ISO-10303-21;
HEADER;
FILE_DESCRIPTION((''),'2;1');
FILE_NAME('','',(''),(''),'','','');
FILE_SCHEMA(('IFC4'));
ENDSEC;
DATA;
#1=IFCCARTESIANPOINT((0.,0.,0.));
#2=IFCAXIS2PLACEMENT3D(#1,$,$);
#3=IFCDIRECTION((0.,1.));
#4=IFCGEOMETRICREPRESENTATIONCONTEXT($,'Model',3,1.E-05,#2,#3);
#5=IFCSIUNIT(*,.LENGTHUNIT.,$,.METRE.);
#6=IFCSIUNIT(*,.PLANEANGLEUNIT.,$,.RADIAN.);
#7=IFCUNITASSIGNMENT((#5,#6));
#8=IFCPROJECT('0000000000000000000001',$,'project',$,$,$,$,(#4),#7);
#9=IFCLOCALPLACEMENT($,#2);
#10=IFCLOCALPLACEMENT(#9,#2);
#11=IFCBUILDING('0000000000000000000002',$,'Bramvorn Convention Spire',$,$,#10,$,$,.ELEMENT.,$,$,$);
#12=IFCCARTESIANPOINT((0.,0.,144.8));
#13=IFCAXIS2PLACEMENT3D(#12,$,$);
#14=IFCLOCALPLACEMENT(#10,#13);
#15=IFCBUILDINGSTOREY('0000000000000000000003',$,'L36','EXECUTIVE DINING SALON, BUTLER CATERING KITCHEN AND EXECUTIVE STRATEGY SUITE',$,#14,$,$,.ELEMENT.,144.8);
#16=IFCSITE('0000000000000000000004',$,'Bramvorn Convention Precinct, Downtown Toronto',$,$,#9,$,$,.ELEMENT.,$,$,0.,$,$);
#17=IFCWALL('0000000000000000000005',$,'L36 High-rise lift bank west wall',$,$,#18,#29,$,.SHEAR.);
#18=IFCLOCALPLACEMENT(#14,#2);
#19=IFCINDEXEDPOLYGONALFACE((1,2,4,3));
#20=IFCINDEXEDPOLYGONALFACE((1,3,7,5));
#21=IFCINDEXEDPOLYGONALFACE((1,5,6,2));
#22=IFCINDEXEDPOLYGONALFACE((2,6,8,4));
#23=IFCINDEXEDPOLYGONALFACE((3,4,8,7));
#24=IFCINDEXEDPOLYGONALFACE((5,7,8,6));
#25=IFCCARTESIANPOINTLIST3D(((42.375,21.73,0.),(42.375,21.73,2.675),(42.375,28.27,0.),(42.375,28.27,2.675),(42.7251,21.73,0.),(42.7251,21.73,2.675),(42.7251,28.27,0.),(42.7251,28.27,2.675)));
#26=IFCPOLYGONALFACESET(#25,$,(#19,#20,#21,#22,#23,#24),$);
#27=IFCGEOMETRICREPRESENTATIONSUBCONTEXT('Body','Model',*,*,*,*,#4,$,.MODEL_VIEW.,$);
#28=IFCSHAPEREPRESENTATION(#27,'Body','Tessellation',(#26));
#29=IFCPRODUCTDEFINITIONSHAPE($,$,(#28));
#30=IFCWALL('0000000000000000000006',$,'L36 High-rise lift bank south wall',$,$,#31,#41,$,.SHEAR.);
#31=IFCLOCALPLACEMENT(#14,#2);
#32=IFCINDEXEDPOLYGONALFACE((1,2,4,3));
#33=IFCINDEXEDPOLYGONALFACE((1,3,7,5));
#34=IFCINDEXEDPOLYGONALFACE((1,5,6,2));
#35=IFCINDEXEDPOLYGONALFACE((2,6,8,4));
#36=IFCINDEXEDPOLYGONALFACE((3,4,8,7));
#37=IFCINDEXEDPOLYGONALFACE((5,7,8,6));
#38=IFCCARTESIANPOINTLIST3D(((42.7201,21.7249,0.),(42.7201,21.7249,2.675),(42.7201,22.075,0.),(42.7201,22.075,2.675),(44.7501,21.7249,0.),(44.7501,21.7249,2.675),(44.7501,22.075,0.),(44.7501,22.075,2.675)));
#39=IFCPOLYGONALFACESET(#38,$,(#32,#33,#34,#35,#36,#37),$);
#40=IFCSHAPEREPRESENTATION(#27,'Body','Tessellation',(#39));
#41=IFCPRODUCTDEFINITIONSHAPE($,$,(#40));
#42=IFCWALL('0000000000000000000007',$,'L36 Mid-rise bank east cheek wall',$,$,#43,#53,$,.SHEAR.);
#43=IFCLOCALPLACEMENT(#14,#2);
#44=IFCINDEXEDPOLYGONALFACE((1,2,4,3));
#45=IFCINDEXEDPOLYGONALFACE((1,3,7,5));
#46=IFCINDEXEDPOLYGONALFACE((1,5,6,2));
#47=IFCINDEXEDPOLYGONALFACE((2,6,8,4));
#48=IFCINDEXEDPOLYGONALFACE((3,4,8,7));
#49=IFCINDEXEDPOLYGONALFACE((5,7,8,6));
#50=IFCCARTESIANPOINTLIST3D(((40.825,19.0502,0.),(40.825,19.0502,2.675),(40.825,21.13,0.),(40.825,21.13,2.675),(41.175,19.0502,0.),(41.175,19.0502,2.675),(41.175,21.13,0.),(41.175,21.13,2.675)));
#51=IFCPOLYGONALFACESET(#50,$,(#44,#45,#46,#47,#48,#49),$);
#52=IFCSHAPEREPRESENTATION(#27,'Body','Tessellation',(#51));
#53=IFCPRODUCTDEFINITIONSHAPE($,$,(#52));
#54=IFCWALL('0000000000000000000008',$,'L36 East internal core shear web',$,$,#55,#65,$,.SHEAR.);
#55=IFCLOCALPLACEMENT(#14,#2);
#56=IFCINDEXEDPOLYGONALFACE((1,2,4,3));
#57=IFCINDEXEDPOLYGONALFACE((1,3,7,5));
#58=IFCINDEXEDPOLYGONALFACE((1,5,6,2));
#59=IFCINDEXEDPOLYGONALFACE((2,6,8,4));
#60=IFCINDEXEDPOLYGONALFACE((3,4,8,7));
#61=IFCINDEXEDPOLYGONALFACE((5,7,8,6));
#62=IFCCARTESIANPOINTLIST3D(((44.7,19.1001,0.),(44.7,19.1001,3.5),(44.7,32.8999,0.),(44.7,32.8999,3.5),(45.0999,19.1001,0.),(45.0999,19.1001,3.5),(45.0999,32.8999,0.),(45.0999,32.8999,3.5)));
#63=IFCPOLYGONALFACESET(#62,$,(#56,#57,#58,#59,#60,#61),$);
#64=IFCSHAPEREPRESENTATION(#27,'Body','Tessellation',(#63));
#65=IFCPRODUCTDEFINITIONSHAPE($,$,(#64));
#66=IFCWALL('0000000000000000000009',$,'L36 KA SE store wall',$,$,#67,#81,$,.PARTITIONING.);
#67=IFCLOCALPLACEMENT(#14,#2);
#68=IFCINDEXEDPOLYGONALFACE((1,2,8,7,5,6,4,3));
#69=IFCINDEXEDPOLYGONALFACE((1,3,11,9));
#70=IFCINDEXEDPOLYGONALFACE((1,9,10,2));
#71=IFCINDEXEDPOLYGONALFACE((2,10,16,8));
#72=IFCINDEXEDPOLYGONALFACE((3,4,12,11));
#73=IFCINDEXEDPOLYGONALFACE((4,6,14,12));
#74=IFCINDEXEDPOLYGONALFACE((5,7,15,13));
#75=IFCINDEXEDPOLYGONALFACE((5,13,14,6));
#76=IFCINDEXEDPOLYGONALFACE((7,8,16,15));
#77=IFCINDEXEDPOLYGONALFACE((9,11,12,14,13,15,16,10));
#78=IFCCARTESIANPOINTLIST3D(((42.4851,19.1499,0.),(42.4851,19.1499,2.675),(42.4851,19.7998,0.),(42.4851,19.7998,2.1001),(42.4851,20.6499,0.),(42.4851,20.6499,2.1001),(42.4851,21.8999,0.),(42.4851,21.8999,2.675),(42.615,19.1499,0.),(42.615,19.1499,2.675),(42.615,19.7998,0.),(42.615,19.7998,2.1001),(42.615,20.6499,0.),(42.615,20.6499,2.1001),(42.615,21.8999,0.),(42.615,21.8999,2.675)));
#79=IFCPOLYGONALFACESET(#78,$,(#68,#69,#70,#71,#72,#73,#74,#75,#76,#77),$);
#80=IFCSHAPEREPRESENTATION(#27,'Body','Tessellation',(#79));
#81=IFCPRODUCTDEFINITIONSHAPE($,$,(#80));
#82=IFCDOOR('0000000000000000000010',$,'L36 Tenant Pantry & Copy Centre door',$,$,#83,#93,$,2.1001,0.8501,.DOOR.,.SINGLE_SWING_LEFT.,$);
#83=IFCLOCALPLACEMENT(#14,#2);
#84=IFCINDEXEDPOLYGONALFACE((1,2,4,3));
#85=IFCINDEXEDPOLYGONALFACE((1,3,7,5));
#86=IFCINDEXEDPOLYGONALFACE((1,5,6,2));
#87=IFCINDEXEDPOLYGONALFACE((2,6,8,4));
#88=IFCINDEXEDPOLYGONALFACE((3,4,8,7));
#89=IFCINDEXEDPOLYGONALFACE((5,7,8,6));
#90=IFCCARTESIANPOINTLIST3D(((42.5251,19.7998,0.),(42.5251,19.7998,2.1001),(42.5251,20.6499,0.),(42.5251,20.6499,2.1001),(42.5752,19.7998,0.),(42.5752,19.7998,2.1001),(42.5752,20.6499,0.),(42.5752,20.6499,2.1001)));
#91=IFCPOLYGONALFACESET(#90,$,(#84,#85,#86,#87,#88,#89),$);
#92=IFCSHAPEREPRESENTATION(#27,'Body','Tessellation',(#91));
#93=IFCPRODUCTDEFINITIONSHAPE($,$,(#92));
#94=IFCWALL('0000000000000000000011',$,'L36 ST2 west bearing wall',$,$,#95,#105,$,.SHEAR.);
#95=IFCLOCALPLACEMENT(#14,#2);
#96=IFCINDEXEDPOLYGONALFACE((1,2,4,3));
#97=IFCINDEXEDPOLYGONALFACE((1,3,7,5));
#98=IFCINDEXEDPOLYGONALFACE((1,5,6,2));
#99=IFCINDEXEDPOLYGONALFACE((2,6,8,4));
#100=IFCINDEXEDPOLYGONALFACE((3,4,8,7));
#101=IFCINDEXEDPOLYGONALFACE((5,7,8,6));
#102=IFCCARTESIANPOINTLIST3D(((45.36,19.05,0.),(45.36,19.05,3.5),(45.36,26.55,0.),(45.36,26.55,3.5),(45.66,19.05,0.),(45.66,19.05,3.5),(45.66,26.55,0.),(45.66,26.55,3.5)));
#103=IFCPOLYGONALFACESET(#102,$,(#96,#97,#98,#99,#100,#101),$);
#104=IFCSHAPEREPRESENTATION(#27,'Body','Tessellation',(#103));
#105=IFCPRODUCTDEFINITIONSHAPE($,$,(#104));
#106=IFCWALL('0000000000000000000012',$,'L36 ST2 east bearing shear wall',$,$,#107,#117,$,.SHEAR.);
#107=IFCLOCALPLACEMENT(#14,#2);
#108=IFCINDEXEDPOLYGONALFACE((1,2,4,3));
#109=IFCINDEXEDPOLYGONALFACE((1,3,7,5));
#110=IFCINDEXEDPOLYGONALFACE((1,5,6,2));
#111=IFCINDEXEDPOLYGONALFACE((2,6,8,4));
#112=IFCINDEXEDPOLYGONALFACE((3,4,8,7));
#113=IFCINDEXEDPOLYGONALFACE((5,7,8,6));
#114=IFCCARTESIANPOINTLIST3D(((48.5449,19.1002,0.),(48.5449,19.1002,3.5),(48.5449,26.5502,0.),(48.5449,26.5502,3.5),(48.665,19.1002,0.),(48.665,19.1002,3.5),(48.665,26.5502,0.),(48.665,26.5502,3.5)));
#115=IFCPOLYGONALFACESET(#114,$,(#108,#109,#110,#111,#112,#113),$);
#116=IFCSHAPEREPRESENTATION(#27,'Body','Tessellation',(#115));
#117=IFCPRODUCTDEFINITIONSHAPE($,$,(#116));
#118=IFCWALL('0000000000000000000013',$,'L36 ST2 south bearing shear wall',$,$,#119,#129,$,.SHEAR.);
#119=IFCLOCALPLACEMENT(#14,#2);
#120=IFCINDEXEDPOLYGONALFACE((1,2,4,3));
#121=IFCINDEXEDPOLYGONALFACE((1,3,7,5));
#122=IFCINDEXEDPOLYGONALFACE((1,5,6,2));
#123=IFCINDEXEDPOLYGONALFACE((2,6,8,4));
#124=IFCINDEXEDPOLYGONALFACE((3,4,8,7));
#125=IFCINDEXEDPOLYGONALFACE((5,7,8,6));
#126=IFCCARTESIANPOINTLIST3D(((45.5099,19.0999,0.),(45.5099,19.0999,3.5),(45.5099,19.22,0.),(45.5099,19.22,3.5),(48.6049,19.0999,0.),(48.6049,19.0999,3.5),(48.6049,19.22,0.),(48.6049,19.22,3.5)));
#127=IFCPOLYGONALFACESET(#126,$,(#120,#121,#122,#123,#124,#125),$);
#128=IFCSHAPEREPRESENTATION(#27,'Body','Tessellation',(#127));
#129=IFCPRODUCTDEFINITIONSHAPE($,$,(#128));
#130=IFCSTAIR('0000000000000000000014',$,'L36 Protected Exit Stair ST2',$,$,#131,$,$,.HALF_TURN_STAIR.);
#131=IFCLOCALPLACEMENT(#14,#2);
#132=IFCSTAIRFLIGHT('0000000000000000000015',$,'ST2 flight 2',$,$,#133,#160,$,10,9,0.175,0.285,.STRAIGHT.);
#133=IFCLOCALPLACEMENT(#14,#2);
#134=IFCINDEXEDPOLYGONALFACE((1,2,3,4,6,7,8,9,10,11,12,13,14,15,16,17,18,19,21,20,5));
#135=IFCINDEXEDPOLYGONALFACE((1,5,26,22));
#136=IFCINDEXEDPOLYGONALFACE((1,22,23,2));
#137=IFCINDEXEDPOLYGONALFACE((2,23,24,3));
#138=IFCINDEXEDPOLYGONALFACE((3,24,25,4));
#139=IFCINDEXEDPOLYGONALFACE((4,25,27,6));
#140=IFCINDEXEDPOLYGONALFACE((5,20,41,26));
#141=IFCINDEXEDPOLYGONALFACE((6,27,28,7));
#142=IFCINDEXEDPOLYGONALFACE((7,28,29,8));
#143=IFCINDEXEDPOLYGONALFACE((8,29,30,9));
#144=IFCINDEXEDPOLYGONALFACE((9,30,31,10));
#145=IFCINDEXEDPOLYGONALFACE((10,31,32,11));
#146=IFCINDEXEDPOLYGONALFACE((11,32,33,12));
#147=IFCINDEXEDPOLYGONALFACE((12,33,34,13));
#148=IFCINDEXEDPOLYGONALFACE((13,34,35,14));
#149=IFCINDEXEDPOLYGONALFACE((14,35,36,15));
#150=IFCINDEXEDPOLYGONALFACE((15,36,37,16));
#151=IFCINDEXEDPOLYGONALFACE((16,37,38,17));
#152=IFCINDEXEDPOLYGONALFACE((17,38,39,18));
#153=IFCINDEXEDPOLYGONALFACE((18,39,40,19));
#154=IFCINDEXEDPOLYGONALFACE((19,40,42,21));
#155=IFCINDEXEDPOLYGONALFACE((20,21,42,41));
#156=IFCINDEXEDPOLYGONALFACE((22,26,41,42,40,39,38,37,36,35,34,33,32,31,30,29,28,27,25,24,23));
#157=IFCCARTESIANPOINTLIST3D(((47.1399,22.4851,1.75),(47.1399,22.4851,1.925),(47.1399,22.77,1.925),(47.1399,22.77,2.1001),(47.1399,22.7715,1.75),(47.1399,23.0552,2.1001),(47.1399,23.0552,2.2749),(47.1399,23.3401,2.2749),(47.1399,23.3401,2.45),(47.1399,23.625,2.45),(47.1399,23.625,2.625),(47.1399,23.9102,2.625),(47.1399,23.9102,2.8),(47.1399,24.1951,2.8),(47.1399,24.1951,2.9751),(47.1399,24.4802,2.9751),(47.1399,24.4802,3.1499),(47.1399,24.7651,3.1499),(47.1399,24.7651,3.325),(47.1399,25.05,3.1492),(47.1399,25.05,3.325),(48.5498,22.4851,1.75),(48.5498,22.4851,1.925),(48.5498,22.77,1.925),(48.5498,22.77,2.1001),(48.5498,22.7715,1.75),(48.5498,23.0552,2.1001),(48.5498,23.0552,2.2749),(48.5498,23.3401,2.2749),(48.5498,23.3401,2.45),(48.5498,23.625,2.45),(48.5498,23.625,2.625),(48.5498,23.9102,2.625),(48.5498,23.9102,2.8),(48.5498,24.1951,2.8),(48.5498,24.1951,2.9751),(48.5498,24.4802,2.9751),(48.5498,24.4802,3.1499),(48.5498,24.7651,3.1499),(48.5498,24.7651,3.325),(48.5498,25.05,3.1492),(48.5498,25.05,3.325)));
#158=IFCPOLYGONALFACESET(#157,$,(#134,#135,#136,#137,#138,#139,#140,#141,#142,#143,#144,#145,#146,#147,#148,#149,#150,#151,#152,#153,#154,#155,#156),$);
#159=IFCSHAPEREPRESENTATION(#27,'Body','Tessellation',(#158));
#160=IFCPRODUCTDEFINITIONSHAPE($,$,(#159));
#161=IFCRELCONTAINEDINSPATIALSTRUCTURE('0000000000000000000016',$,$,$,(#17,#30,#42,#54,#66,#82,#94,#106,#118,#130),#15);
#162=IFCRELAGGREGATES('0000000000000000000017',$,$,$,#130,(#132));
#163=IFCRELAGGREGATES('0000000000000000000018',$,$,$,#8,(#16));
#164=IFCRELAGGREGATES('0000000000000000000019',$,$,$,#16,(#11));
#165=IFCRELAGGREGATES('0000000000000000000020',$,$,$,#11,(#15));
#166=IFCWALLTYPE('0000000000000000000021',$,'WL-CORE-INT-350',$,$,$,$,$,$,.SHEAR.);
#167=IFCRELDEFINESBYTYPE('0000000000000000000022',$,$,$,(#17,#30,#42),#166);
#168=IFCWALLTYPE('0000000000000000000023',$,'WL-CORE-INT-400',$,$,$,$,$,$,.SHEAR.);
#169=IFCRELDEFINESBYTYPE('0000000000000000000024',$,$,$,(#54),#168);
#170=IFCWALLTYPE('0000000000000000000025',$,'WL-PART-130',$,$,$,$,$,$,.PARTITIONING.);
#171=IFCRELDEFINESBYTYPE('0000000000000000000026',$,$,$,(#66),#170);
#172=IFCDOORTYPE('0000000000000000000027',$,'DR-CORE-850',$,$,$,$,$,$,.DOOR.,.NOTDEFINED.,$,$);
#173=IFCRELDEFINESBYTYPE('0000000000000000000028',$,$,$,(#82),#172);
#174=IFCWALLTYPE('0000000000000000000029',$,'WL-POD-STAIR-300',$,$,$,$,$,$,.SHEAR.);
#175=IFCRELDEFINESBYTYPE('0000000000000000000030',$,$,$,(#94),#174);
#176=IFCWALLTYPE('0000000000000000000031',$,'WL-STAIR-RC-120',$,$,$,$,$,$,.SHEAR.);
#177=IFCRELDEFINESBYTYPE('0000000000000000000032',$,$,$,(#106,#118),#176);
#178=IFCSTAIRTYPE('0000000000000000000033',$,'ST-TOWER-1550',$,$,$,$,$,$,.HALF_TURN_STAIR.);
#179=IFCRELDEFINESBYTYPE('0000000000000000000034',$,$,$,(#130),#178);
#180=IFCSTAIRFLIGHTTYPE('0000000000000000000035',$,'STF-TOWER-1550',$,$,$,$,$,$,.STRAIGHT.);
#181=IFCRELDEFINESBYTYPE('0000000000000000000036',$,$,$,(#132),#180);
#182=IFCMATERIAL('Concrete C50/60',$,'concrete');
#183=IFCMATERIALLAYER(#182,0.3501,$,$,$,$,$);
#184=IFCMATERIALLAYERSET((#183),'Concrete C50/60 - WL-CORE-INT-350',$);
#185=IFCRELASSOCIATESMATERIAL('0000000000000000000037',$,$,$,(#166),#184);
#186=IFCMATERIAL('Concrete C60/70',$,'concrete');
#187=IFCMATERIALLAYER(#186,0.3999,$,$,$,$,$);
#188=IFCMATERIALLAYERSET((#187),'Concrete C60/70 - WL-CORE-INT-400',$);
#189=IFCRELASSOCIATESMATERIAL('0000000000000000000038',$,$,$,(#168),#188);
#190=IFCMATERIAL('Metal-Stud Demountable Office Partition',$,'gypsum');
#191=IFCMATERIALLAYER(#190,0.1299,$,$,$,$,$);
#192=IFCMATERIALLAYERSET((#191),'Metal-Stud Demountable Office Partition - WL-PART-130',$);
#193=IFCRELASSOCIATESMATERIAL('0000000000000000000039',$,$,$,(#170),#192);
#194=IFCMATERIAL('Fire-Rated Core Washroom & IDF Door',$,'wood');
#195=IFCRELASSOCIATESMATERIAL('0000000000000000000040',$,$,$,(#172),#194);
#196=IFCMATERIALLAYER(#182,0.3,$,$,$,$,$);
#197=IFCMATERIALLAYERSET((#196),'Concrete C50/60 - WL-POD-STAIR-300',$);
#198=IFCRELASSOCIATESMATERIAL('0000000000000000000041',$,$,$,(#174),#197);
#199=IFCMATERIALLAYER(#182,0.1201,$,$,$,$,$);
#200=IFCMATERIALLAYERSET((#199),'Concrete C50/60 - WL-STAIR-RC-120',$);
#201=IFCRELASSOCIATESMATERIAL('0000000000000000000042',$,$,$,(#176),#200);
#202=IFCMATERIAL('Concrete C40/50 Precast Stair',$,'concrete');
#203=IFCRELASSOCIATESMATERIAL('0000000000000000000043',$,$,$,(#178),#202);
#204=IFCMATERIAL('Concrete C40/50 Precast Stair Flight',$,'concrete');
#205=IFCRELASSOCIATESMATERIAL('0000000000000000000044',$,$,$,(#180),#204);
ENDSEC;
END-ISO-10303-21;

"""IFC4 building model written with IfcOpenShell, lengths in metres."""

from ifc_helpers import new_model, si_unit, direction, frame, frame_2d, origin, place, context, subcontext, project, spatial, polyline, rectangle, outline, extrude, material, layer, layer_set, type_object, element, fill, aggregate, save


model = new_model("IFC4")

# Units and contexts
model_context = context("Model", 3, precision=1e-05, world=origin(), true_north=direction((0.0, 1.0)))
body_context = subcontext(model_context, "Body", "Model", "MODEL_VIEW")
ifc_project = project(units=[si_unit("LENGTHUNIT", "METRE"), si_unit("PLANEANGLEUNIT", "RADIAN")], contexts=[model_context])

# Site, building, storey
site_placement = place(None, origin())
site = spatial("IfcSite", under=ifc_project, at=site_placement, Name="Bramvorn Convention Precinct, Downtown Toronto", CompositionType="ELEMENT", RefElevation=0.0)
building_placement = place(site_placement, origin())
building = spatial("IfcBuilding", under=site, at=building_placement, Name="Bramvorn Convention Spire", CompositionType="ELEMENT")
storey_placement = place(building_placement, frame((0.0, 0.0, 144.8)))
storey = spatial("IfcBuildingStorey", under=building, at=storey_placement, Name="L36", Description="EXECUTIVE DINING SALON, BUTLER CATERING KITCHEN AND EXECUTIVE STRATEGY SUITE", CompositionType="ELEMENT", Elevation=144.8)

# Shared definitions
ifc_material_1 = material(Name="Concrete C60/70", Category="concrete")

# Walls
ifc_material_2 = material(Name="Concrete C50/60", Category="concrete")
ifc_layer_1 = layer(ifc_material_2, 0.3501)
ifc_layer_set_1 = layer_set([ifc_layer_1], Name="Concrete C50/60 - WL-CORE-INT-350")
wall_type_1 = type_object("IfcWallType", Name="WL-CORE-INT-350", PredefinedType="SHEAR", material=ifc_layer_set_1)
wall_1_placement = place(storey_placement, frame((42.55, 21.73, 0.0), z_axis=(0.0, 0.0, 1.0), x_axis=(0.0, 1.0, 0.0)))
element("IfcWall", 1, at=wall_1_placement, inside=storey, type_object=wall_type_1, Name="L36 High-rise lift bank west wall", PredefinedType="SHEAR", context=body_context, shape_type="SweptSolid", body=[
    extrude(rectangle(XDim=6.54, YDim=0.3501, at=frame_2d((3.27, 0.0))), origin(), (0.0, 0.0, 1.0), 2.675),
])
wall_2_placement = place(storey_placement, frame((42.72, 21.8999, 0.0), z_axis=(0.0, 0.0, 1.0), x_axis=(1.0, 0.0, 0.0)))
element("IfcWall", 2, at=wall_2_placement, inside=storey, type_object=wall_type_1, Name="L36 High-rise lift bank south wall", PredefinedType="SHEAR", context=body_context, shape_type="SweptSolid", body=[
    extrude(rectangle(XDim=2.03, YDim=0.3501, at=frame_2d((1.0151, 0.0))), origin(), (0.0, 0.0, 1.0), 2.675),
])
wall_3_placement = place(storey_placement, frame((41.0, 19.05, 0.0), z_axis=(0.0, 0.0, 1.0), x_axis=(0.0, 1.0, 0.0)))
element("IfcWall", 3, at=wall_3_placement, inside=storey, type_object=wall_type_1, Name="L36 Mid-rise bank east cheek wall", PredefinedType="SHEAR", context=body_context, shape_type="SweptSolid", body=[
    extrude(rectangle(XDim=2.0798, YDim=0.3501, at=frame_2d((1.04, 0.0))), origin(), (0.0, 0.0, 1.0), 2.675),
])
ifc_layer_2 = layer(ifc_material_1, 0.3999)
ifc_layer_set_2 = layer_set([ifc_layer_2], Name="Concrete C60/70 - WL-CORE-INT-400")
wall_type_2 = type_object("IfcWallType", Name="WL-CORE-INT-400", PredefinedType="SHEAR", material=ifc_layer_set_2)
wall_4_placement = place(storey_placement, frame((44.8999, 19.1001, 0.0), z_axis=(0.0, 0.0, 1.0), x_axis=(0.0, 1.0, 0.0)))
element("IfcWall", 4, at=wall_4_placement, inside=storey, type_object=wall_type_2, Name="L36 East internal core shear web", PredefinedType="SHEAR", context=body_context, shape_type="SweptSolid", body=[
    extrude(rectangle(XDim=13.7998, YDim=0.3999, at=frame_2d((6.8999, 0.0))), origin(), (0.0, 0.0, 1.0), 3.5),
])

# Wall, opening, door
ifc_material_3 = material(Name="Metal-Stud Demountable Office Partition", Category="gypsum")
ifc_layer_3 = layer(ifc_material_3, 0.1299)
ifc_layer_set_3 = layer_set([ifc_layer_3], Name="Metal-Stud Demountable Office Partition - WL-PART-130")
wall_type_3 = type_object("IfcWallType", Name="WL-PART-130", PredefinedType="PARTITIONING", material=ifc_layer_set_3)
wall_5_placement = place(storey_placement, frame((42.55, 19.1499, 0.0), z_axis=(0.0, 0.0, 1.0), x_axis=(0.0, 1.0, 0.0)))
wall_5 = element("IfcWall", 5, at=wall_5_placement, inside=storey, type_object=wall_type_3, Name="L36 KA SE store wall", PredefinedType="PARTITIONING", context=body_context, shape_type="SweptSolid", body=[
    extrude(rectangle(XDim=2.75, YDim=0.1299, at=frame_2d((1.375, 0.0))), origin(), (0.0, 0.0, 1.0), 2.675),
])
opening_1_placement = place(wall_5_placement, frame((0.6499, 0.0, 0.0)))
opening_1 = element("IfcOpeningElement", 6, at=opening_1_placement, cuts=wall_5, PredefinedType="OPENING", context=body_context, shape_type="SweptSolid", body=[
    extrude(rectangle(XDim=0.8501, YDim=2.1001, at=frame_2d((0.425, 1.05))), frame((0.0, 0.075, 0.0), z_axis=(0.0, -1.0, 0.0), x_axis=(1.0, 0.0, 0.0)), (0.0, 0.0, 1.0), 0.1499),
])
ifc_material_4 = material(Name="Fire-Rated Core Washroom & IDF Door", Category="wood")
door_type_1 = type_object("IfcDoorType", Name="DR-CORE-850", OperationType="NOTDEFINED", PredefinedType="DOOR", material=ifc_material_4)
door_1_placement = place(opening_1_placement, origin())
door_1 = element("IfcDoor", 7, at=door_1_placement, inside=storey, type_object=door_type_1, Name="L36 Tenant Pantry & Copy Centre door", OperationType="SINGLE_SWING_LEFT", OverallHeight=2.1001, OverallWidth=0.8501, PredefinedType="DOOR", context=body_context, shape_type="SweptSolid", body=[
    extrude(rectangle(XDim=0.8501, YDim=2.1001, at=frame_2d((0.425, 1.05))), frame((0.0, 0.0249, 0.0), z_axis=(0.0, -1.0, 0.0), x_axis=(1.0, 0.0, 0.0)), (0.0, 0.0, 1.0), 0.05),
])
fill(opening_1, door_1)

# Walls
ifc_layer_4 = layer(ifc_material_2, 0.3)
ifc_layer_set_4 = layer_set([ifc_layer_4], Name="Concrete C50/60 - WL-POD-STAIR-300")
wall_type_4 = type_object("IfcWallType", Name="WL-POD-STAIR-300", PredefinedType="SHEAR", material=ifc_layer_set_4)
wall_6_placement = place(storey_placement, frame((45.51, 19.05, 0.0), z_axis=(0.0, 0.0, 1.0), x_axis=(0.0, 1.0, 0.0)))
element("IfcWall", 8, at=wall_6_placement, inside=storey, type_object=wall_type_4, Name="L36 ST2 west bearing wall", PredefinedType="SHEAR", context=body_context, shape_type="SweptSolid", body=[
    extrude(rectangle(XDim=7.5, YDim=0.3, at=frame_2d((3.75, 0.0))), origin(), (0.0, 0.0, 1.0), 3.5),
])
ifc_layer_5 = layer(ifc_material_2, 0.1201)
ifc_layer_set_5 = layer_set([ifc_layer_5], Name="Concrete C50/60 - WL-STAIR-RC-120")
wall_type_5 = type_object("IfcWallType", Name="WL-STAIR-RC-120", PredefinedType="SHEAR", material=ifc_layer_set_5)
wall_7_placement = place(storey_placement, frame((48.605, 19.1001, 0.0), z_axis=(0.0, 0.0, 1.0), x_axis=(0.0, 1.0, 0.0)))
element("IfcWall", 9, at=wall_7_placement, inside=storey, type_object=wall_type_5, Name="L36 ST2 east bearing shear wall", PredefinedType="SHEAR", context=body_context, shape_type="SweptSolid", body=[
    extrude(rectangle(XDim=7.45, YDim=0.1201, at=frame_2d((3.7251, 0.0))), origin(), (0.0, 0.0, 1.0), 3.5),
])
wall_8_placement = place(storey_placement, frame((45.51, 19.1599, 0.0), z_axis=(0.0, 0.0, 1.0), x_axis=(1.0, 0.0, 0.0)))
element("IfcWall", 10, at=wall_8_placement, inside=storey, type_object=wall_type_5, Name="L36 ST2 south bearing shear wall", PredefinedType="SHEAR", context=body_context, shape_type="SweptSolid", body=[
    extrude(rectangle(XDim=3.095, YDim=0.1201, at=frame_2d((1.5474, 0.0))), origin(), (0.0, 0.0, 1.0), 3.5),
])

# Stair, stair flight
ifc_material_5 = material(Name="Concrete C40/50 Precast Stair", Category="concrete")
stair_type = type_object("IfcStairType", Name="ST-TOWER-1550", PredefinedType="HALF_TURN_STAIR", material=ifc_material_5)
stair_placement = place(storey_placement, origin())
stair = element("IfcStair", 11, at=stair_placement, inside=storey, type_object=stair_type, Name="L36 Protected Exit Stair ST2", PredefinedType="HALF_TURN_STAIR")
ifc_material_6 = material(Name="Concrete C40/50 Precast Stair Flight", Category="concrete")
stair_flight_type = type_object("IfcStairFlightType", Name="STF-TOWER-1550", PredefinedType="STRAIGHT", material=ifc_material_6)
stair_flight_placement = place(storey_placement, frame((47.845, 22.4851, 1.75), z_axis=(0.0, 0.0, 1.0), x_axis=(0.0, 1.0, 0.0)))
stair_flight = element("IfcStairFlight", 12, at=stair_flight_placement, type_object=stair_flight_type, Name="ST2 flight 2", NumberOfRisers=10, NumberOfTreads=9, PredefinedType="STRAIGHT", RiserHeight=0.175, TreadLength=0.285, context=body_context, shape_type="SweptSolid", body=[
    extrude(outline(polyline([(0.0, 0.0), (0.0, 0.175), (0.2849, 0.175), (0.2849, 0.3501), (0.5701, 0.3501), (0.5701, 0.5249), (0.855, 0.5249), (0.855, 0.7), (1.1399, 0.7), (1.1399, 0.875), (1.425, 0.875), (1.425, 1.05), (1.71, 1.05), (1.71, 1.2251), (1.9951, 1.2251), (1.9951, 1.3999), (2.28, 1.3999), (2.28, 1.575), (2.5649, 1.575), (2.5649, 1.75), (2.5649, 1.3992), (0.2864, 0.0), (0.0, 0.0)])), frame((0.0, 0.7051, 0.0), z_axis=(0.0, -1.0, 0.0), x_axis=(1.0, 0.0, 0.0)), (0.0, 0.0, 1.0), 1.4099),
])
aggregate(stair, [stair_flight])

save(model, "model.ifc")
